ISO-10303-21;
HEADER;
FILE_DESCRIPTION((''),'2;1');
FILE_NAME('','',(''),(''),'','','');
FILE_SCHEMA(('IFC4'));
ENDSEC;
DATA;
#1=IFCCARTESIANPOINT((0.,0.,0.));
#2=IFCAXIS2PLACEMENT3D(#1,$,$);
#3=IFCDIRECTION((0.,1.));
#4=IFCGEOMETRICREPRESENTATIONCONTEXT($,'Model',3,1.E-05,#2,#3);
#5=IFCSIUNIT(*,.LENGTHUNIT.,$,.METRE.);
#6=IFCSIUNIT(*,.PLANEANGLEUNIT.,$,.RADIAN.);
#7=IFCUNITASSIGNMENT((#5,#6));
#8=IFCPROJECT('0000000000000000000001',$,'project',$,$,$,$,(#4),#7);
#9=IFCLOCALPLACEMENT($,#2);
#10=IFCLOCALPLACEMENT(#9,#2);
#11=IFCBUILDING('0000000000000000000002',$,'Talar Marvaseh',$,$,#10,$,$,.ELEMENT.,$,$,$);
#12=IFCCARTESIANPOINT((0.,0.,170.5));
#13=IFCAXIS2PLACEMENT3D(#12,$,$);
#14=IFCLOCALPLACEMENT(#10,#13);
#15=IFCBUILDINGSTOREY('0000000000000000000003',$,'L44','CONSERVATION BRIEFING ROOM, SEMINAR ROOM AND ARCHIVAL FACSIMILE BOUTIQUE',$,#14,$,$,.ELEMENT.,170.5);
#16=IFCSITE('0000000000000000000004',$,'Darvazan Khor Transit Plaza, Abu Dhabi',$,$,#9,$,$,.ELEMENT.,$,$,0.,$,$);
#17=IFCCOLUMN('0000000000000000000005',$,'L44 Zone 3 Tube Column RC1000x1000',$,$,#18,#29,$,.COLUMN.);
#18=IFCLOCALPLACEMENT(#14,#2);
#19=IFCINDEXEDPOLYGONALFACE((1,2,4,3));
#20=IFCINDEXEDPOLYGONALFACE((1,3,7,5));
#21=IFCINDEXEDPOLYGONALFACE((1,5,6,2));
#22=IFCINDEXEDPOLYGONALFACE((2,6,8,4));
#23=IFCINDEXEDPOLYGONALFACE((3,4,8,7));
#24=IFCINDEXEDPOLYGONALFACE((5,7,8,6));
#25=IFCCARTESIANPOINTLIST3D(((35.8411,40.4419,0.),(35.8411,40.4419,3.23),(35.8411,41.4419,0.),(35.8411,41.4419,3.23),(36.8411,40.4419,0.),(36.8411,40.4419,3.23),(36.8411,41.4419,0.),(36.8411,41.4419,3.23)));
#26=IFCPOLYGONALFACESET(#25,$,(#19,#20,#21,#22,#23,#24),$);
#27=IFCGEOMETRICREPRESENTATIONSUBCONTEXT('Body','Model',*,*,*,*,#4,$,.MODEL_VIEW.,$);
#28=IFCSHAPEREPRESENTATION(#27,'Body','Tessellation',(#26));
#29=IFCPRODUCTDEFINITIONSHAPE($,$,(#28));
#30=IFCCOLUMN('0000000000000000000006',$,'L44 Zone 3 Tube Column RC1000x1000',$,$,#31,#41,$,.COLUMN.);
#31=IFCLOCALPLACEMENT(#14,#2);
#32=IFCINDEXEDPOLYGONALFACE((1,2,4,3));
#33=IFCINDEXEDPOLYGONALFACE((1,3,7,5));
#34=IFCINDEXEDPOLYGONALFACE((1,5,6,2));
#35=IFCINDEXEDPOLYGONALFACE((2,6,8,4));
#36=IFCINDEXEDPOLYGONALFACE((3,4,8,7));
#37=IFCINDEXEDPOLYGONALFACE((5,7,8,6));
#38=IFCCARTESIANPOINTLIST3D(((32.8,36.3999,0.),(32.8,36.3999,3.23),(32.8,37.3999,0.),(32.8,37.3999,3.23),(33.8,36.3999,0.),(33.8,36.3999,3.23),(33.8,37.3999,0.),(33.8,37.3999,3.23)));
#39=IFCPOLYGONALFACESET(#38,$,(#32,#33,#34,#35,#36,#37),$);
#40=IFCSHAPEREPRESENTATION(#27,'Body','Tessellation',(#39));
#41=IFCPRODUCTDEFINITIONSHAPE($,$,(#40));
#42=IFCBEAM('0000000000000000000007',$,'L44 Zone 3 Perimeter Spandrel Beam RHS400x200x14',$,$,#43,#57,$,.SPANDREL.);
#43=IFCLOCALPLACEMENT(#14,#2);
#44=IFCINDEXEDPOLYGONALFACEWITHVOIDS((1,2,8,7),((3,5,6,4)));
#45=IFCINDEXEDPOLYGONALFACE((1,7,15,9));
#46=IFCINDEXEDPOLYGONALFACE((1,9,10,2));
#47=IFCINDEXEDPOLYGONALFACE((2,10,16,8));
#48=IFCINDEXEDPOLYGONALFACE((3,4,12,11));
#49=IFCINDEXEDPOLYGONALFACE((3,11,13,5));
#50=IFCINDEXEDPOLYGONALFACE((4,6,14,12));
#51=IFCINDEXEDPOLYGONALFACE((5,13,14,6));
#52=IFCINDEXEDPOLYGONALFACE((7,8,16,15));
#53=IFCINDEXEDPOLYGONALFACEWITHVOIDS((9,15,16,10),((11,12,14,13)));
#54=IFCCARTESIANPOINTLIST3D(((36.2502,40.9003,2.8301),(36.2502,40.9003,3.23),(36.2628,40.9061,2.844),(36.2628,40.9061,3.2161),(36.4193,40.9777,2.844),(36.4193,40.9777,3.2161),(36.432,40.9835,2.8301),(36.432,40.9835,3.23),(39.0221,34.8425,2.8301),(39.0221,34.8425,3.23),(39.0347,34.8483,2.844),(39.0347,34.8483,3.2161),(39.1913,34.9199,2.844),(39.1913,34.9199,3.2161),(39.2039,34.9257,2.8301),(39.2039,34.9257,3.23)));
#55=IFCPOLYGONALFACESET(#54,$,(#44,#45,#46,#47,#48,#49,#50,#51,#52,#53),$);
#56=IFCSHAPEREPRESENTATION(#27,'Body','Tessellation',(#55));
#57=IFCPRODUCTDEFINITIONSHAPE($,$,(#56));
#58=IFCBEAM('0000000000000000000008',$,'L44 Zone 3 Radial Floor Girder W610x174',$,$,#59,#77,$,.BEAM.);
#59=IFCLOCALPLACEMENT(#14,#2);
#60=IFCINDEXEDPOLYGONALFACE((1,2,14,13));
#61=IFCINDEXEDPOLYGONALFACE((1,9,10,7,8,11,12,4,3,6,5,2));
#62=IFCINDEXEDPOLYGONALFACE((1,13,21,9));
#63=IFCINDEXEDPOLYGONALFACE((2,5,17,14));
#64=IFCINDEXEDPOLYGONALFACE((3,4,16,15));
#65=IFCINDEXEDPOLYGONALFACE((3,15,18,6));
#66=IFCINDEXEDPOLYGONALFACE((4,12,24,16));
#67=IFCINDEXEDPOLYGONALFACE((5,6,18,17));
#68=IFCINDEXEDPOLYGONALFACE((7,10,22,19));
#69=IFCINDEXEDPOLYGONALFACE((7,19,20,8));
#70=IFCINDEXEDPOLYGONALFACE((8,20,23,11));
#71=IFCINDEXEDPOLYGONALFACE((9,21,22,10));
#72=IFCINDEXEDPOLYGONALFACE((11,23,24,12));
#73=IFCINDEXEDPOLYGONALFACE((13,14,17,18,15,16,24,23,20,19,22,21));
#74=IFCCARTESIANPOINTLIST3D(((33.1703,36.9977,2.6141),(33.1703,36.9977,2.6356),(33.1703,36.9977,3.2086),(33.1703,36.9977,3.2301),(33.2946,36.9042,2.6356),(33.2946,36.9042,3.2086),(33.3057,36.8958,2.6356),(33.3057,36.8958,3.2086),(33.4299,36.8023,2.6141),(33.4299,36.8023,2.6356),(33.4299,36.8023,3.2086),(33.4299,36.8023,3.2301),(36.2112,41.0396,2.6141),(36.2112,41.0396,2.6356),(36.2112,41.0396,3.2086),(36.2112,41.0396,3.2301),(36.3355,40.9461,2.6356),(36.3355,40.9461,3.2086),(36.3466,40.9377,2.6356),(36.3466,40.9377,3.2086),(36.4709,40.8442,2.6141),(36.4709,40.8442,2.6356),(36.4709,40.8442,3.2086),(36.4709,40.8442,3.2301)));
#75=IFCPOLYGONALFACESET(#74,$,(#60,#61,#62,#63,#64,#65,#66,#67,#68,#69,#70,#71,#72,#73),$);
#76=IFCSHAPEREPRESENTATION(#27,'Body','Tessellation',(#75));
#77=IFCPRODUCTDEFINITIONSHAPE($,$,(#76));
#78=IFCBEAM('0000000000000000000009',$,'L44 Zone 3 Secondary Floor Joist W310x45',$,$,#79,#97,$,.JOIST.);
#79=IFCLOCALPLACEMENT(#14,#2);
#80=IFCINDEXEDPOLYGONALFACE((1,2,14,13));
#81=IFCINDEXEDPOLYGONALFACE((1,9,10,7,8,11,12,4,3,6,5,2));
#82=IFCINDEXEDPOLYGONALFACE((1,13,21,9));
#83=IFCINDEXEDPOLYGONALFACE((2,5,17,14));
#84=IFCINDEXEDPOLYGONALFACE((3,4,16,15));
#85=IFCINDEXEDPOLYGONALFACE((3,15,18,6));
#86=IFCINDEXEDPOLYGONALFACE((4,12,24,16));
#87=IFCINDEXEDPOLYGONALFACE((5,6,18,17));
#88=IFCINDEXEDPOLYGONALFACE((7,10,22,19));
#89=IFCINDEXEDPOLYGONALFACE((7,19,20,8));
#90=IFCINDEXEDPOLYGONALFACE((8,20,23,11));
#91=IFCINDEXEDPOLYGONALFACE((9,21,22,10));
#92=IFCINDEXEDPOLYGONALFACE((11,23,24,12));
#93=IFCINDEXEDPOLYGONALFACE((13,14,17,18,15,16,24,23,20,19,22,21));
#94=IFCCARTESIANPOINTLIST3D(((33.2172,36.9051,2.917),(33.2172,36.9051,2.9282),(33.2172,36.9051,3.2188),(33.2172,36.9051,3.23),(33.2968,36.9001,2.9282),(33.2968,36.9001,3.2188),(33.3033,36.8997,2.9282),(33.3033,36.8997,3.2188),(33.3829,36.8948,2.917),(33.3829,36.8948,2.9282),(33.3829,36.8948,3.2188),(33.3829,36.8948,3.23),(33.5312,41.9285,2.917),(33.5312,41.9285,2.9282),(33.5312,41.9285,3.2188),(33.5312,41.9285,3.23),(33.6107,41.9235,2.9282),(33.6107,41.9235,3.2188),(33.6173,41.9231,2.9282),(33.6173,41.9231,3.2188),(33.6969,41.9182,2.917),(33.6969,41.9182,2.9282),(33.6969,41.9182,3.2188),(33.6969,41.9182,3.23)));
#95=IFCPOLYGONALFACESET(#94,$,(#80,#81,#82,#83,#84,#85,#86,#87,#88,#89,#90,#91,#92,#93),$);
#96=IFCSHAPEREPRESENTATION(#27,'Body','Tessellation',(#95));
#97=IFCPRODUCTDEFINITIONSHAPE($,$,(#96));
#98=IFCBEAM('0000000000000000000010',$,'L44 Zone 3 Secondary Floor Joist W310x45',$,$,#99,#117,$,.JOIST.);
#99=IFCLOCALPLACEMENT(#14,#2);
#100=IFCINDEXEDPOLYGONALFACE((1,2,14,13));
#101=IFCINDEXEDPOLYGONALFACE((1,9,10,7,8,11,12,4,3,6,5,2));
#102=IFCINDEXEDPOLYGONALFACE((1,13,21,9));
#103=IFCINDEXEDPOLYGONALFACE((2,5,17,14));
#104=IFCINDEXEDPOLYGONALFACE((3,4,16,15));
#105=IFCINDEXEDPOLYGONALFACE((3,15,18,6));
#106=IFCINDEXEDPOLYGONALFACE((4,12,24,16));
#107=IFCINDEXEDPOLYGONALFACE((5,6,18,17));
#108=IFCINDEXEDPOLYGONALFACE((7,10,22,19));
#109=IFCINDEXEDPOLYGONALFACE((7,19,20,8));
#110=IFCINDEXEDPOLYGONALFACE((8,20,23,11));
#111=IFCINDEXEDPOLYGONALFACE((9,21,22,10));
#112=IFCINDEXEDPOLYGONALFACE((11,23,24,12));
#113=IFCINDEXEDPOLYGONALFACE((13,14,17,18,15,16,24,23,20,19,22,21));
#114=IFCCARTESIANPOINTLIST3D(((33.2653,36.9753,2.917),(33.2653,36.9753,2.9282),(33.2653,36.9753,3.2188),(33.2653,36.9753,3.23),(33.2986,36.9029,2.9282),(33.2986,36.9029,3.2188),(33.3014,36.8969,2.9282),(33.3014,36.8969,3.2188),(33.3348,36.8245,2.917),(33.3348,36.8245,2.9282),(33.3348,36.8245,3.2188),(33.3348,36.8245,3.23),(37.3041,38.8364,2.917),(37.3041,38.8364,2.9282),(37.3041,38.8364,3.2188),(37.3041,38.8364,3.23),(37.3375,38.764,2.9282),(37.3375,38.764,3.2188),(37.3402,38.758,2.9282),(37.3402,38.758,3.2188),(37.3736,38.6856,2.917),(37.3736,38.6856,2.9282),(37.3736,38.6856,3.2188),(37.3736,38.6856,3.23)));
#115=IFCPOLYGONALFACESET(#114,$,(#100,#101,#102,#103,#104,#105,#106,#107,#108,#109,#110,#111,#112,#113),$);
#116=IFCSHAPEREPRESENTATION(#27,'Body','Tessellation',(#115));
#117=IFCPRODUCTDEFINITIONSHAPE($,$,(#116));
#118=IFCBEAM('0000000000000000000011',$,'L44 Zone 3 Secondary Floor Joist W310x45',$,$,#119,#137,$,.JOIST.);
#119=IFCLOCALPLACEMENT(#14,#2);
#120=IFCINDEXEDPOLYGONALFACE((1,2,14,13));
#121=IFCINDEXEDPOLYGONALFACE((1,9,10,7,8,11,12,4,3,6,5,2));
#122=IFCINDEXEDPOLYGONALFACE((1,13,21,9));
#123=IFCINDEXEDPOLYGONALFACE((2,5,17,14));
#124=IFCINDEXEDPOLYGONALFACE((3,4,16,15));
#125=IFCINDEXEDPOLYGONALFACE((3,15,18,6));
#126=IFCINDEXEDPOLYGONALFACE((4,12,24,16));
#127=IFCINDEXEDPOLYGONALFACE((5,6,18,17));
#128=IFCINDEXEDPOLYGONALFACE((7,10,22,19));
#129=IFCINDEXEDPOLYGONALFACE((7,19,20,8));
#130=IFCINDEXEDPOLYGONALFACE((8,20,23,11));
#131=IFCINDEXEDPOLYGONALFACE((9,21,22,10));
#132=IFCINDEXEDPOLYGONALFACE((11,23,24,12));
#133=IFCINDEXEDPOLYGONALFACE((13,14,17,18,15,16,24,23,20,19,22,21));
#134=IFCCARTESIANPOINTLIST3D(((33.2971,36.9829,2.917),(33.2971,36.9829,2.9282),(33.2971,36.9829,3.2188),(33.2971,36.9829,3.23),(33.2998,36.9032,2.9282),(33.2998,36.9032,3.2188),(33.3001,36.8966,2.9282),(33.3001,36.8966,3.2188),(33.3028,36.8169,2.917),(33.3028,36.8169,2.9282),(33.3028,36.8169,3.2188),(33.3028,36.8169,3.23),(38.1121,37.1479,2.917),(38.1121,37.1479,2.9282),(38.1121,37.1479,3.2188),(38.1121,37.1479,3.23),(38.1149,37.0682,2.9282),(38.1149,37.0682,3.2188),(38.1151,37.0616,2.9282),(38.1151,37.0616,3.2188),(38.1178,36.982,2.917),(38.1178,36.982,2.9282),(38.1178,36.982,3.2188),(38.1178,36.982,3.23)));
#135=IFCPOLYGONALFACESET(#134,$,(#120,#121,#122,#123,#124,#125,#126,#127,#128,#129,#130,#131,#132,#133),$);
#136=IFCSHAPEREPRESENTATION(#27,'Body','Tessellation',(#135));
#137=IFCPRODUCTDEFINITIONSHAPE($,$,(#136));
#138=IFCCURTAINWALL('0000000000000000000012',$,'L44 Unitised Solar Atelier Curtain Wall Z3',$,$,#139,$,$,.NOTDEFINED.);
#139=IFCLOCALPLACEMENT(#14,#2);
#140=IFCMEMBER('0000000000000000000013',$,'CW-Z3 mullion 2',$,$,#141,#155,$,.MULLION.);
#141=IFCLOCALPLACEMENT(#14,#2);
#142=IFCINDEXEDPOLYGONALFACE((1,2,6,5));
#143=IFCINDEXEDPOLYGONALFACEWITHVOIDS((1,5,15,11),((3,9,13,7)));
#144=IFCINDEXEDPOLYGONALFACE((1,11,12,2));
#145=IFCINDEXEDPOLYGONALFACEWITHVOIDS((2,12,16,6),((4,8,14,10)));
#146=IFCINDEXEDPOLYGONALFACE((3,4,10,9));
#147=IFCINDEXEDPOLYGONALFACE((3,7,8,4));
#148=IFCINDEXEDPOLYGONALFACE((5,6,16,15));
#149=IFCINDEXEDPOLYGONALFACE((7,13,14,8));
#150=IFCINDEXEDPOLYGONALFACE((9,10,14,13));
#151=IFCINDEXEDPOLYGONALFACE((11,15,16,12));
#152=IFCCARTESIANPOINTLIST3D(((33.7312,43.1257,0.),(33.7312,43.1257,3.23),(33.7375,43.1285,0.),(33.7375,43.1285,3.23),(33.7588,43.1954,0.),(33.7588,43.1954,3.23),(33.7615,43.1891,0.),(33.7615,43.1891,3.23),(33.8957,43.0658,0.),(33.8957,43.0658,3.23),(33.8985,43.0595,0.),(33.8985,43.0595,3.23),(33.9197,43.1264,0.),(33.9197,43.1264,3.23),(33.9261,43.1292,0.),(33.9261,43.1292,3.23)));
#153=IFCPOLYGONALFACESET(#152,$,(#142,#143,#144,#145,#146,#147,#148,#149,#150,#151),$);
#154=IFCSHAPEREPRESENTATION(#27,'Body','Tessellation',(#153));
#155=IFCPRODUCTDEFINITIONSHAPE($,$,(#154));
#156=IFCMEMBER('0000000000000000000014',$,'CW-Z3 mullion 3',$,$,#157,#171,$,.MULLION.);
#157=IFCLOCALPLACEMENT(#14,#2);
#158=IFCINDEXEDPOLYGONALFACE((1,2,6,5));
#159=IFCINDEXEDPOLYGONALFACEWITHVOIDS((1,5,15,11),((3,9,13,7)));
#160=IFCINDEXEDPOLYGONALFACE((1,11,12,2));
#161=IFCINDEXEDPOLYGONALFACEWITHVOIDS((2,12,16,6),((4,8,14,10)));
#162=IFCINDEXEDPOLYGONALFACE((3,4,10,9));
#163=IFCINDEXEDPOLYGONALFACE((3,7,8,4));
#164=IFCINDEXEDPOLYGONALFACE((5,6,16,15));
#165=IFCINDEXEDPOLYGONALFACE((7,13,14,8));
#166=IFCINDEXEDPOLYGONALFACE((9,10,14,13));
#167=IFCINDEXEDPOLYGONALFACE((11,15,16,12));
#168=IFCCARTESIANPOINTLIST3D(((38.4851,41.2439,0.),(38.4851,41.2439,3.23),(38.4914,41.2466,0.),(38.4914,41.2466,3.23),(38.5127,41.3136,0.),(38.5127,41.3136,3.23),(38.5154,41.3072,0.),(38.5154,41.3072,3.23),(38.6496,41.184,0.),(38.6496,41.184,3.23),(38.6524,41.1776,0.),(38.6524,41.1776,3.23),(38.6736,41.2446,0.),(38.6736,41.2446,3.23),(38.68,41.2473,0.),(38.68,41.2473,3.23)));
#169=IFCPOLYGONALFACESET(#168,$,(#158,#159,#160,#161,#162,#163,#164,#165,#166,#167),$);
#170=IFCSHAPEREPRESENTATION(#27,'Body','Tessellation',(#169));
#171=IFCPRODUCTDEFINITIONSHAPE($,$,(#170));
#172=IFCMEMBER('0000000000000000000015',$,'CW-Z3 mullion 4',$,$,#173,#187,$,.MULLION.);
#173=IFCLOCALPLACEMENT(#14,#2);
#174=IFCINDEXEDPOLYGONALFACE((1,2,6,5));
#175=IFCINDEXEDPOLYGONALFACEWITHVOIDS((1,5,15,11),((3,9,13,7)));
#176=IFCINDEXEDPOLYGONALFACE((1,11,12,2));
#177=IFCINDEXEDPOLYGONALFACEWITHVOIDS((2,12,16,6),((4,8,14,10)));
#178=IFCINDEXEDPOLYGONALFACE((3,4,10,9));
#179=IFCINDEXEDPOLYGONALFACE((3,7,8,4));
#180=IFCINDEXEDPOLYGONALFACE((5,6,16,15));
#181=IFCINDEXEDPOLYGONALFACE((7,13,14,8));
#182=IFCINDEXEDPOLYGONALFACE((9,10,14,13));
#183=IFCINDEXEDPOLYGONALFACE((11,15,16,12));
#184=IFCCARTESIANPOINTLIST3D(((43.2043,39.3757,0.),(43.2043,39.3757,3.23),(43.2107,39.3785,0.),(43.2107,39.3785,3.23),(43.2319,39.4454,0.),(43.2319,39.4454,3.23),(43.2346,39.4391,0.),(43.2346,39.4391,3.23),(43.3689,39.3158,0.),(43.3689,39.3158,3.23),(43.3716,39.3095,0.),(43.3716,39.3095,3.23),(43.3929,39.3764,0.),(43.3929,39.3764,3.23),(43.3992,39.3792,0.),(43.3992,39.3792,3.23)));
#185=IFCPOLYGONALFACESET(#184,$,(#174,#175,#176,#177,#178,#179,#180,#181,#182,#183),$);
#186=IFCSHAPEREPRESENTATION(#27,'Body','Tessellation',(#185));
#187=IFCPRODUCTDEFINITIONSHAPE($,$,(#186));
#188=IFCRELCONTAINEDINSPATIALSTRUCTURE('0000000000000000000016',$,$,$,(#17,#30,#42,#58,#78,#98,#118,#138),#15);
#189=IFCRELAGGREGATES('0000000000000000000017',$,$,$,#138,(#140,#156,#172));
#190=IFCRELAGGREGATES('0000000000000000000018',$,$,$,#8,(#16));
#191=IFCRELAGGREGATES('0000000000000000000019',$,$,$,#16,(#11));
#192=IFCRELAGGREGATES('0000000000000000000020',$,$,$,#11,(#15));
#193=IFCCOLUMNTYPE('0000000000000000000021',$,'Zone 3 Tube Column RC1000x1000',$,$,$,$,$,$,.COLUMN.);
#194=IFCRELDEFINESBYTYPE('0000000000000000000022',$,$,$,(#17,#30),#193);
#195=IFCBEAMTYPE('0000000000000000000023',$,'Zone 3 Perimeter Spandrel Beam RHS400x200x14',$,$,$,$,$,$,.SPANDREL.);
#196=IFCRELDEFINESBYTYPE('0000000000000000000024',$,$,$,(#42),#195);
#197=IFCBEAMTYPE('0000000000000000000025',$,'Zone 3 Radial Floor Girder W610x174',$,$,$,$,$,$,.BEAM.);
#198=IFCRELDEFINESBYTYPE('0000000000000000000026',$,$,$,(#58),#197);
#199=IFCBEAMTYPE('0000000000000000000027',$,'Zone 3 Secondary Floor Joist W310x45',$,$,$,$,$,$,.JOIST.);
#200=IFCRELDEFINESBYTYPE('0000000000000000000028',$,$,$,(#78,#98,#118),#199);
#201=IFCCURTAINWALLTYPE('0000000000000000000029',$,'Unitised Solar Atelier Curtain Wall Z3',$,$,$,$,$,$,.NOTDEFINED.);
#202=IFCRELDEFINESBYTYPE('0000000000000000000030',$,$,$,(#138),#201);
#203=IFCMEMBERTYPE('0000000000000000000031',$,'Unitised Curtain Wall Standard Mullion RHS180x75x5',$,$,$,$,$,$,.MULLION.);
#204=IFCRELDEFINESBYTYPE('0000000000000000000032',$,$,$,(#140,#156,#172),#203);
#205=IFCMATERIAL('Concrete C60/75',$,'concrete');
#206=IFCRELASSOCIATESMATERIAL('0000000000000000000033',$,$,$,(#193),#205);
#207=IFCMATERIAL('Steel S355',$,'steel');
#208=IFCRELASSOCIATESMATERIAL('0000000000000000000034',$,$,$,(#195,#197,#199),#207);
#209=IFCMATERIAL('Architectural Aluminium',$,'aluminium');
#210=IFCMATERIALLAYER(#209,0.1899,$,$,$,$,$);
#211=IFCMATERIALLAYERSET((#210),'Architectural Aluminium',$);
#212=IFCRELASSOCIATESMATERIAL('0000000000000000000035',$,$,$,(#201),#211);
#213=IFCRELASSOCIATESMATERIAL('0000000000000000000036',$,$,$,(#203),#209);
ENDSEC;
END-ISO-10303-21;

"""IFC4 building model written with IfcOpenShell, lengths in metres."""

from ifc_helpers import new_model, si_unit, direction, frame, origin, origin_2d, place, context, subcontext, project, spatial, rectangle, hollow_rectangle, i_section, extrude, source, transform, mapped, material, layer, layer_set, material_profile, profile_set, type_object, type_shapes, element, aggregate, save


model = new_model("IFC4")

# Units and contexts
model_context = context("Model", 3, precision=1e-05, world=origin(), true_north=direction((0.0, 1.0)))
body_context = subcontext(model_context, "Body", "Model", "MODEL_VIEW")
ifc_project = project(units=[si_unit("LENGTHUNIT", "METRE"), si_unit("PLANEANGLEUNIT", "RADIAN")], contexts=[model_context])

# Site, building, storey
site_placement = place(None, origin())
site = spatial("IfcSite", under=ifc_project, at=site_placement, Name="Darvazan Khor Transit Plaza, Abu Dhabi", CompositionType="ELEMENT", RefElevation=0.0)
building_placement = place(site_placement, origin())
building = spatial("IfcBuilding", under=site, at=building_placement, Name="Talar Marvaseh", CompositionType="ELEMENT")
storey_placement = place(building_placement, frame((0.0, 0.0, 170.5)))
storey = spatial("IfcBuildingStorey", under=building, at=storey_placement, Name="L44", Description="CONSERVATION BRIEFING ROOM, SEMINAR ROOM AND ARCHIVAL FACSIMILE BOUTIQUE", CompositionType="ELEMENT", Elevation=170.5)

# Columns
ifc_material_1 = material(Name="Concrete C60/75", Category="concrete")
ifc_material_profile_1 = material_profile(ifc_material_1, rectangle(XDim=1.0, YDim=1.0, at=origin_2d()), Name="RC1000x1000")
ifc_profile_set_1 = profile_set([ifc_material_profile_1], Name="Concrete C60/75")
column_type = type_object("IfcColumnType", Name="Zone 3 Tube Column RC1000x1000", PredefinedType="COLUMN", material=ifc_profile_set_1)
for number, where, z_axis, x_axis, name in (
    (1, (36.3411, 40.9419, 0.0), (0.0, 0.0, 1.0), (1.0, 0.0, 0.0), "L44 Zone 3 Tube Column RC1000x1000"),
    (2, (33.3, 36.8999, 0.0), (0.0, 0.0, 1.0), (1.0, 0.0, 0.0), "L44 Zone 3 Tube Column RC1000x1000"),
):
    element("IfcColumn", number, at=place(storey_placement, frame(where, z_axis=z_axis, x_axis=x_axis)), inside=storey, type_object=column_type, Name=name, PredefinedType="COLUMN", context=body_context, shape_type="SweptSolid", body=[
        extrude(rectangle(XDim=1.0, YDim=1.0, at=origin_2d()), origin(), (0.0, 0.0, 1.0), 3.23),
    ])

# Beams
ifc_material_2 = material(Name="Steel S355", Category="steel")
ifc_material_profile_2 = material_profile(ifc_material_2, hollow_rectangle(XDim=0.2, YDim=0.3999, WallThickness=0.0139, at=origin_2d()), Name="RHS400x200x14")
ifc_profile_set_2 = profile_set([ifc_material_profile_2], Name="Steel S355")
beam_type_1 = type_object("IfcBeamType", Name="Zone 3 Perimeter Spandrel Beam RHS400x200x14", PredefinedType="SPANDREL", material=ifc_profile_set_2)
beam_1_placement = place(storey_placement, frame((36.3411, 40.9419, 3.03), z_axis=(0.416091, -0.909323, 0.0), x_axis=(0.909323, 0.416091, 0.0)))
element("IfcBeam", 3, at=beam_1_placement, inside=storey, type_object=beam_type_1, Name="L44 Zone 3 Perimeter Spandrel Beam RHS400x200x14", PredefinedType="SPANDREL", context=body_context, shape_type="SweptSolid", body=[
    extrude(hollow_rectangle(XDim=0.2, YDim=0.3999, WallThickness=0.0139, at=origin_2d()), origin(), (0.0, 0.0, 1.0), 6.6619),
])
ifc_material_profile_3 = material_profile(ifc_material_2, i_section(OverallWidth=0.325, OverallDepth=0.616, WebThickness=0.0139, FlangeThickness=0.0215, at=origin_2d()), Name="W610x174")
ifc_profile_set_3 = profile_set([ifc_material_profile_3], Name="Steel S355")
beam_type_2 = type_object("IfcBeamType", Name="Zone 3 Radial Floor Girder W610x174", PredefinedType="BEAM", material=ifc_profile_set_3)
beam_2_placement = place(storey_placement, frame((36.3411, 40.9419, 2.9221), z_axis=(-0.601204, -0.799096, 0.0), x_axis=(0.799096, -0.601204, 0.0)))
element("IfcBeam", 4, at=beam_2_placement, inside=storey, type_object=beam_type_2, Name="L44 Zone 3 Radial Floor Girder W610x174", PredefinedType="BEAM", context=body_context, shape_type="SweptSolid", body=[
    extrude(i_section(OverallWidth=0.325, OverallDepth=0.616, WebThickness=0.0139, FlangeThickness=0.0215, at=origin_2d()), origin(), (0.0, 0.0, 1.0), 5.0581),
])
ifc_material_profile_4 = material_profile(ifc_material_2, i_section(OverallWidth=0.166, OverallDepth=0.313, WebThickness=0.0066, FlangeThickness=0.0112, at=origin_2d()), Name="W310x45")
ifc_profile_set_4 = profile_set([ifc_material_profile_4], Name="Steel S355")
beam_type_3 = type_object("IfcBeamType", Name="Zone 3 Secondary Floor Joist W310x45", PredefinedType="JOIST", material=ifc_profile_set_4)
beam_3_placement = place(storey_placement, frame((33.614, 41.9233, 3.0735), z_axis=(-0.062378, -0.998053, 0.0), x_axis=(0.998053, -0.062378, 0.0)))
element("IfcBeam", 5, at=beam_3_placement, inside=storey, type_object=beam_type_3, Name="L44 Zone 3 Secondary Floor Joist W310x45", PredefinedType="JOIST", context=body_context, shape_type="SweptSolid", body=[
    extrude(i_section(OverallWidth=0.166, OverallDepth=0.313, WebThickness=0.0066, FlangeThickness=0.0112, at=origin_2d()), origin(), (0.0, 0.0, 1.0), 5.0332),
])
beam_4_placement = place(storey_placement, frame((37.3389, 38.761, 3.0735), z_axis=(-0.908215, -0.418505, 0.0), x_axis=(0.418505, -0.908215, 0.0)))
element("IfcBeam", 6, at=beam_4_placement, inside=storey, type_object=beam_type_3, Name="L44 Zone 3 Secondary Floor Joist W310x45", PredefinedType="JOIST", context=body_context, shape_type="SweptSolid", body=[
    extrude(i_section(OverallWidth=0.166, OverallDepth=0.313, WebThickness=0.0066, FlangeThickness=0.0112, at=origin_2d()), origin(), (0.0, 0.0, 1.0), 4.447),
])
beam_5_placement = place(storey_placement, frame((38.115, 37.0649, 3.0735), z_axis=(-0.999413, -0.034256, 0.0), x_axis=(0.034256, -0.999413, 0.0)))
element("IfcBeam", 7, at=beam_5_placement, inside=storey, type_object=beam_type_3, Name="L44 Zone 3 Secondary Floor Joist W310x45", PredefinedType="JOIST", context=body_context, shape_type="SweptSolid", body=[
    extrude(i_section(OverallWidth=0.166, OverallDepth=0.313, WebThickness=0.0066, FlangeThickness=0.0112, at=origin_2d()), origin(), (0.0, 0.0, 1.0), 4.8179),
])

# Curtain wall, members
ifc_material_3 = material(Name="Architectural Aluminium", Category="aluminium")
ifc_layer_1 = layer(ifc_material_3, 0.1899)
ifc_layer_set_1 = layer_set([ifc_layer_1], Name="Architectural Aluminium")
curtain_wall_type = type_object("IfcCurtainWallType", Name="Unitised Solar Atelier Curtain Wall Z3", PredefinedType="NOTDEFINED", material=ifc_layer_set_1)
curtain_wall_1_placement = place(storey_placement, origin())
curtain_wall_1 = element("IfcCurtainWall", 8, at=curtain_wall_1_placement, inside=storey, type_object=curtain_wall_type, Name="L44 Unitised Solar Atelier Curtain Wall Z3", PredefinedType="NOTDEFINED")
ifc_material_profile_5 = material_profile(ifc_material_3, hollow_rectangle(XDim=0.075, YDim=0.1799, WallThickness=0.0049, at=origin_2d()), Name="RHS180x75x5")
ifc_profile_set_5 = profile_set([ifc_material_profile_5], Name="Architectural Aluminium")
member_type_1 = type_object("IfcMemberType", Name="Unitised Curtain Wall Standard Mullion RHS180x75x5", PredefinedType="MULLION", material=ifc_profile_set_5)
shared_shape_1 = source(origin(), body_context, "Body", "SweptSolid", [
    extrude(hollow_rectangle(XDim=0.075, YDim=0.1799, WallThickness=0.0049, at=origin_2d()), origin(), (0.0, 0.0, 1.0), 3.23),
])
type_shapes(member_type_1, [shared_shape_1])
member_1_placement = place(storey_placement, frame((33.8286, 43.1274, 0.0), z_axis=(0.0, 0.0, 1.0), x_axis=(0.368062, 0.929801, 0.0)))
member_1 = element("IfcMember", 9, at=member_1_placement, type_object=member_type_1, Name="CW-Z3 mullion 2", PredefinedType="MULLION", context=body_context, shape_type="MappedRepresentation", body=[
    mapped(shared_shape_1, transform((0.0, 0.0, 0.0), x_axis=(1.0, 0.0, 0.0), y_axis=(0.0, 1.0, 0.0), z_axis=(0.0, 0.0, 1.0), scale=1.0)),
])
member_2_placement = place(storey_placement, frame((38.5825, 41.2456, 0.0), z_axis=(0.0, 0.0, 1.0), x_axis=(0.368062, 0.929801, 0.0)))
member_2 = element("IfcMember", 10, at=member_2_placement, type_object=member_type_1, Name="CW-Z3 mullion 3", PredefinedType="MULLION", context=body_context, shape_type="MappedRepresentation", body=[
    mapped(shared_shape_1, transform((0.0, 0.0, 0.0), x_axis=(1.0, 0.0, 0.0), y_axis=(0.0, 1.0, 0.0), z_axis=(0.0, 0.0, 1.0), scale=1.0)),
])
member_3_placement = place(storey_placement, frame((43.3018, 39.3774, 0.0), z_axis=(0.0, 0.0, 1.0), x_axis=(0.368062, 0.929801, 0.0)))
member_3 = element("IfcMember", 11, at=member_3_placement, type_object=member_type_1, Name="CW-Z3 mullion 4", PredefinedType="MULLION", context=body_context, shape_type="MappedRepresentation", body=[
    mapped(shared_shape_1, transform((0.0, 0.0, 0.0), x_axis=(1.0, 0.0, 0.0), y_axis=(0.0, 1.0, 0.0), z_axis=(0.0, 0.0, 1.0), scale=1.0)),
])

aggregate(curtain_wall_1, [member_1, member_2, member_3])

save(model, "model.ifc")
